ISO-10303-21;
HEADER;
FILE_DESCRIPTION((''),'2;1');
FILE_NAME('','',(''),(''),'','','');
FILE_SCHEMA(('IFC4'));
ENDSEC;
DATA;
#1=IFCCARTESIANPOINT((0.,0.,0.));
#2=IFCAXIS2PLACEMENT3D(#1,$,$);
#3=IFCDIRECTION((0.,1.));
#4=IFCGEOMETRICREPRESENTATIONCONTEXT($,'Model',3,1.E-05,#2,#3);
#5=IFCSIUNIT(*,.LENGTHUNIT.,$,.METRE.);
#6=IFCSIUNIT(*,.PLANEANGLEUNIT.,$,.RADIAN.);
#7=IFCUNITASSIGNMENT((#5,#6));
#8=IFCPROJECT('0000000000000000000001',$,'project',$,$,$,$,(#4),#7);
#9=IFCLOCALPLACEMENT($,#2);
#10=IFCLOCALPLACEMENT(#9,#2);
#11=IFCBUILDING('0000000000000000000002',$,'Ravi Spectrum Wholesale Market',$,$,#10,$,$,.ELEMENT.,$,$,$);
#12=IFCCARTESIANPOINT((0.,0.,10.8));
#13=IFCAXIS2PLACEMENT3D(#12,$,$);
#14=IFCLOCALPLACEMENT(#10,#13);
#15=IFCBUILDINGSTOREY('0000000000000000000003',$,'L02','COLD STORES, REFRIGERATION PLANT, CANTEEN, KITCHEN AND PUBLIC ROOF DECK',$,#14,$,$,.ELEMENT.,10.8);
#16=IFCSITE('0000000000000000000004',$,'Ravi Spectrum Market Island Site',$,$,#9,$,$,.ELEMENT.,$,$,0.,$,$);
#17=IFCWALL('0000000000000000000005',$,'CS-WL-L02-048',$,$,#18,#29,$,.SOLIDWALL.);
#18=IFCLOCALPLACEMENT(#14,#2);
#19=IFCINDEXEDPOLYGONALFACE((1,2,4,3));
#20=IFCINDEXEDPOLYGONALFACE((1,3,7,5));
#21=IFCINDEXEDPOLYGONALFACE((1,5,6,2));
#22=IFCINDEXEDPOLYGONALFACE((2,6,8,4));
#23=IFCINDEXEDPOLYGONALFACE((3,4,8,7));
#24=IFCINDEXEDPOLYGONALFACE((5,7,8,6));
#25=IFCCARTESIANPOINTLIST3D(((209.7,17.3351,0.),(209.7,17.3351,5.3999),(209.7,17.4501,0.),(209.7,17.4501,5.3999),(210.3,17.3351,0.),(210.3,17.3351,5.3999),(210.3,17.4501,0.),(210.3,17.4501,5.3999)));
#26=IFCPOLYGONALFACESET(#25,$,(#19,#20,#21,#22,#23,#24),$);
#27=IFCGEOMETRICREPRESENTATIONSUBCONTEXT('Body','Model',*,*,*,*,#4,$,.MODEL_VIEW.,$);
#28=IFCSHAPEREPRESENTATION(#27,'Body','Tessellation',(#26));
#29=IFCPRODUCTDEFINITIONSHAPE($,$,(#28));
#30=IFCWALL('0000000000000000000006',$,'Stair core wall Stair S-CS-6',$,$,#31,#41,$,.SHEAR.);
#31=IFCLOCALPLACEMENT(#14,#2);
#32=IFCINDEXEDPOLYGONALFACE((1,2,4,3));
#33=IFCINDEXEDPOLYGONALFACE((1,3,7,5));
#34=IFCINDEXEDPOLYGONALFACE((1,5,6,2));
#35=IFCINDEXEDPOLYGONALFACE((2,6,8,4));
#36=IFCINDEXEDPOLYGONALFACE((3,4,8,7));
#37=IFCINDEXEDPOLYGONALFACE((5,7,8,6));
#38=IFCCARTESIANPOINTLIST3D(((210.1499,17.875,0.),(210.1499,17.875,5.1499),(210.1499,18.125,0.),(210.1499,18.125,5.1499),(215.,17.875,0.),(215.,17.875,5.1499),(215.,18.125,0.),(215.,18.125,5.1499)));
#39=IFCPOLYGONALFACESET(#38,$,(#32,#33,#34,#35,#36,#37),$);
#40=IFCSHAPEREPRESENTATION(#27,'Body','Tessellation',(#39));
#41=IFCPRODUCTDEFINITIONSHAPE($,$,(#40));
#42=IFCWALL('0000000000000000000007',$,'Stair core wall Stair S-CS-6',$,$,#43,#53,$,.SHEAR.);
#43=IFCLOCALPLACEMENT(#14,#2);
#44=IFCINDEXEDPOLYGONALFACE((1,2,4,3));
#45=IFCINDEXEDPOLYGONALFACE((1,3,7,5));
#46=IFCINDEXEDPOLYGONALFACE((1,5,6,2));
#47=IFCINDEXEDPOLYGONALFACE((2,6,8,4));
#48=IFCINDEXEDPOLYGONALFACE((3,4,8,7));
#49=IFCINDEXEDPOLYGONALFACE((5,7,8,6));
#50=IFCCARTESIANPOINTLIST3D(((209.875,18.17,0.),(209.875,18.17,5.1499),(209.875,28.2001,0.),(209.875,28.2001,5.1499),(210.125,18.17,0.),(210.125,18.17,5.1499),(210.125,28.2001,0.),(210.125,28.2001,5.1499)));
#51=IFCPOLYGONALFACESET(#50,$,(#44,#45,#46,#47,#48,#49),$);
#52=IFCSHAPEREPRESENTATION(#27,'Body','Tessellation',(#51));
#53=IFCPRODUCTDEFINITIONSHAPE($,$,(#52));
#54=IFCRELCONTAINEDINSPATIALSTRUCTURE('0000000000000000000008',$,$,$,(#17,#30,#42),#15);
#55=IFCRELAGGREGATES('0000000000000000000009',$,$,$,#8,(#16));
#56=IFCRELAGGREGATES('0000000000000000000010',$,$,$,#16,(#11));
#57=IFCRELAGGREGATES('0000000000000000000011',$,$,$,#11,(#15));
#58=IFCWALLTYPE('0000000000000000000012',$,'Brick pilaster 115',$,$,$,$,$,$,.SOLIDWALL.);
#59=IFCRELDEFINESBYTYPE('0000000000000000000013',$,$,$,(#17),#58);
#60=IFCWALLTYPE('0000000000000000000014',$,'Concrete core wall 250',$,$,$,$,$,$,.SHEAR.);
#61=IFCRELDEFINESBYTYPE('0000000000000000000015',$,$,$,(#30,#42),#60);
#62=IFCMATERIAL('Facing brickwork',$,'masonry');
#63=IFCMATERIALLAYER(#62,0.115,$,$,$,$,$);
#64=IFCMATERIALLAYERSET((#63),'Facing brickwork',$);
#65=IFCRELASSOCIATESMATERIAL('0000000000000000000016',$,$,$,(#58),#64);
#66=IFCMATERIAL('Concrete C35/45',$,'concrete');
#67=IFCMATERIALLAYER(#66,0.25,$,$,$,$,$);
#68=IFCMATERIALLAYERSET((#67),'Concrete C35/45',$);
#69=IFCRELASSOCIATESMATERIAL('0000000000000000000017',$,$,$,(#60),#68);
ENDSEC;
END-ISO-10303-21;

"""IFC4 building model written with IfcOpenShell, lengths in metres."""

from ifc_helpers import new_model, si_unit, direction, frame, frame_2d, origin, place, context, subcontext, project, spatial, rectangle, extrude, material, layer, layer_set, type_object, element, save


model = new_model("IFC4")

# Units and contexts
model_context = context("Model", 3, precision=1e-05, world=origin(), true_north=direction((0.0, 1.0)))
body_context = subcontext(model_context, "Body", "Model", "MODEL_VIEW")
ifc_project = project(units=[si_unit("LENGTHUNIT", "METRE"), si_unit("PLANEANGLEUNIT", "RADIAN")], contexts=[model_context])

# Site, building, storey
site_placement = place(None, origin())
site = spatial("IfcSite", under=ifc_project, at=site_placement, Name="Ravi Spectrum Market Island Site", CompositionType="ELEMENT", RefElevation=0.0)
building_placement = place(site_placement, origin())
building = spatial("IfcBuilding", under=site, at=building_placement, Name="Ravi Spectrum Wholesale Market", CompositionType="ELEMENT")
storey_placement = place(building_placement, frame((0.0, 0.0, 10.8)))
storey = spatial("IfcBuildingStorey", under=building, at=storey_placement, Name="L02", Description="COLD STORES, REFRIGERATION PLANT, CANTEEN, KITCHEN AND PUBLIC ROOF DECK", CompositionType="ELEMENT", Elevation=10.8)

# Walls
ifc_material_1 = material(Name="Facing brickwork", Category="masonry")
ifc_layer_1 = layer(ifc_material_1, 0.115)
ifc_layer_set_1 = layer_set([ifc_layer_1], Name="Facing brickwork")
wall_type_1 = type_object("IfcWallType", Name="Brick pilaster 115", PredefinedType="SOLIDWALL", material=ifc_layer_set_1)
wall_1_placement = place(storey_placement, frame((209.7, 17.3926, 0.0), z_axis=(0.0, 0.0, 1.0), x_axis=(1.0, 0.0, 0.0)))
element("IfcWall", 1, at=wall_1_placement, inside=storey, type_object=wall_type_1, Name="CS-WL-L02-048", PredefinedType="SOLIDWALL", context=body_context, shape_type="SweptSolid", body=[
    extrude(rectangle(XDim=0.6001, YDim=0.115, at=frame_2d((0.3, 0.0))), origin(), (0.0, 0.0, 1.0), 5.3999),
])
ifc_material_2 = material(Name="Concrete C35/45", Category="concrete")
ifc_layer_2 = layer(ifc_material_2, 0.25)
ifc_layer_set_2 = layer_set([ifc_layer_2], Name="Concrete C35/45")
wall_type_2 = type_object("IfcWallType", Name="Concrete core wall 250", PredefinedType="SHEAR", material=ifc_layer_set_2)
wall_2_placement = place(storey_placement, frame((210.1499, 18.0, 0.0), z_axis=(0.0, 0.0, 1.0), x_axis=(1.0, 0.0, 0.0)))
element("IfcWall", 2, at=wall_2_placement, inside=storey, type_object=wall_type_2, Name="Stair core wall Stair S-CS-6", PredefinedType="SHEAR", context=body_context, shape_type="SweptSolid", body=[
    extrude(rectangle(XDim=4.8501, YDim=0.25, at=frame_2d((2.425, 0.0))), origin(), (0.0, 0.0, 1.0), 5.1499),
])
wall_3_placement = place(storey_placement, frame((210.0, 18.1699, 0.0), z_axis=(0.0, 0.0, 1.0), x_axis=(0.0, 1.0, 0.0)))
element("IfcWall", 3, at=wall_3_placement, inside=storey, type_object=wall_type_2, Name="Stair core wall Stair S-CS-6", PredefinedType="SHEAR", context=body_context, shape_type="SweptSolid", body=[
    extrude(rectangle(XDim=10.03, YDim=0.25, at=frame_2d((5.0151, 0.0))), origin(), (0.0, 0.0, 1.0), 5.1499),
])

save(model, "model.ifc")
